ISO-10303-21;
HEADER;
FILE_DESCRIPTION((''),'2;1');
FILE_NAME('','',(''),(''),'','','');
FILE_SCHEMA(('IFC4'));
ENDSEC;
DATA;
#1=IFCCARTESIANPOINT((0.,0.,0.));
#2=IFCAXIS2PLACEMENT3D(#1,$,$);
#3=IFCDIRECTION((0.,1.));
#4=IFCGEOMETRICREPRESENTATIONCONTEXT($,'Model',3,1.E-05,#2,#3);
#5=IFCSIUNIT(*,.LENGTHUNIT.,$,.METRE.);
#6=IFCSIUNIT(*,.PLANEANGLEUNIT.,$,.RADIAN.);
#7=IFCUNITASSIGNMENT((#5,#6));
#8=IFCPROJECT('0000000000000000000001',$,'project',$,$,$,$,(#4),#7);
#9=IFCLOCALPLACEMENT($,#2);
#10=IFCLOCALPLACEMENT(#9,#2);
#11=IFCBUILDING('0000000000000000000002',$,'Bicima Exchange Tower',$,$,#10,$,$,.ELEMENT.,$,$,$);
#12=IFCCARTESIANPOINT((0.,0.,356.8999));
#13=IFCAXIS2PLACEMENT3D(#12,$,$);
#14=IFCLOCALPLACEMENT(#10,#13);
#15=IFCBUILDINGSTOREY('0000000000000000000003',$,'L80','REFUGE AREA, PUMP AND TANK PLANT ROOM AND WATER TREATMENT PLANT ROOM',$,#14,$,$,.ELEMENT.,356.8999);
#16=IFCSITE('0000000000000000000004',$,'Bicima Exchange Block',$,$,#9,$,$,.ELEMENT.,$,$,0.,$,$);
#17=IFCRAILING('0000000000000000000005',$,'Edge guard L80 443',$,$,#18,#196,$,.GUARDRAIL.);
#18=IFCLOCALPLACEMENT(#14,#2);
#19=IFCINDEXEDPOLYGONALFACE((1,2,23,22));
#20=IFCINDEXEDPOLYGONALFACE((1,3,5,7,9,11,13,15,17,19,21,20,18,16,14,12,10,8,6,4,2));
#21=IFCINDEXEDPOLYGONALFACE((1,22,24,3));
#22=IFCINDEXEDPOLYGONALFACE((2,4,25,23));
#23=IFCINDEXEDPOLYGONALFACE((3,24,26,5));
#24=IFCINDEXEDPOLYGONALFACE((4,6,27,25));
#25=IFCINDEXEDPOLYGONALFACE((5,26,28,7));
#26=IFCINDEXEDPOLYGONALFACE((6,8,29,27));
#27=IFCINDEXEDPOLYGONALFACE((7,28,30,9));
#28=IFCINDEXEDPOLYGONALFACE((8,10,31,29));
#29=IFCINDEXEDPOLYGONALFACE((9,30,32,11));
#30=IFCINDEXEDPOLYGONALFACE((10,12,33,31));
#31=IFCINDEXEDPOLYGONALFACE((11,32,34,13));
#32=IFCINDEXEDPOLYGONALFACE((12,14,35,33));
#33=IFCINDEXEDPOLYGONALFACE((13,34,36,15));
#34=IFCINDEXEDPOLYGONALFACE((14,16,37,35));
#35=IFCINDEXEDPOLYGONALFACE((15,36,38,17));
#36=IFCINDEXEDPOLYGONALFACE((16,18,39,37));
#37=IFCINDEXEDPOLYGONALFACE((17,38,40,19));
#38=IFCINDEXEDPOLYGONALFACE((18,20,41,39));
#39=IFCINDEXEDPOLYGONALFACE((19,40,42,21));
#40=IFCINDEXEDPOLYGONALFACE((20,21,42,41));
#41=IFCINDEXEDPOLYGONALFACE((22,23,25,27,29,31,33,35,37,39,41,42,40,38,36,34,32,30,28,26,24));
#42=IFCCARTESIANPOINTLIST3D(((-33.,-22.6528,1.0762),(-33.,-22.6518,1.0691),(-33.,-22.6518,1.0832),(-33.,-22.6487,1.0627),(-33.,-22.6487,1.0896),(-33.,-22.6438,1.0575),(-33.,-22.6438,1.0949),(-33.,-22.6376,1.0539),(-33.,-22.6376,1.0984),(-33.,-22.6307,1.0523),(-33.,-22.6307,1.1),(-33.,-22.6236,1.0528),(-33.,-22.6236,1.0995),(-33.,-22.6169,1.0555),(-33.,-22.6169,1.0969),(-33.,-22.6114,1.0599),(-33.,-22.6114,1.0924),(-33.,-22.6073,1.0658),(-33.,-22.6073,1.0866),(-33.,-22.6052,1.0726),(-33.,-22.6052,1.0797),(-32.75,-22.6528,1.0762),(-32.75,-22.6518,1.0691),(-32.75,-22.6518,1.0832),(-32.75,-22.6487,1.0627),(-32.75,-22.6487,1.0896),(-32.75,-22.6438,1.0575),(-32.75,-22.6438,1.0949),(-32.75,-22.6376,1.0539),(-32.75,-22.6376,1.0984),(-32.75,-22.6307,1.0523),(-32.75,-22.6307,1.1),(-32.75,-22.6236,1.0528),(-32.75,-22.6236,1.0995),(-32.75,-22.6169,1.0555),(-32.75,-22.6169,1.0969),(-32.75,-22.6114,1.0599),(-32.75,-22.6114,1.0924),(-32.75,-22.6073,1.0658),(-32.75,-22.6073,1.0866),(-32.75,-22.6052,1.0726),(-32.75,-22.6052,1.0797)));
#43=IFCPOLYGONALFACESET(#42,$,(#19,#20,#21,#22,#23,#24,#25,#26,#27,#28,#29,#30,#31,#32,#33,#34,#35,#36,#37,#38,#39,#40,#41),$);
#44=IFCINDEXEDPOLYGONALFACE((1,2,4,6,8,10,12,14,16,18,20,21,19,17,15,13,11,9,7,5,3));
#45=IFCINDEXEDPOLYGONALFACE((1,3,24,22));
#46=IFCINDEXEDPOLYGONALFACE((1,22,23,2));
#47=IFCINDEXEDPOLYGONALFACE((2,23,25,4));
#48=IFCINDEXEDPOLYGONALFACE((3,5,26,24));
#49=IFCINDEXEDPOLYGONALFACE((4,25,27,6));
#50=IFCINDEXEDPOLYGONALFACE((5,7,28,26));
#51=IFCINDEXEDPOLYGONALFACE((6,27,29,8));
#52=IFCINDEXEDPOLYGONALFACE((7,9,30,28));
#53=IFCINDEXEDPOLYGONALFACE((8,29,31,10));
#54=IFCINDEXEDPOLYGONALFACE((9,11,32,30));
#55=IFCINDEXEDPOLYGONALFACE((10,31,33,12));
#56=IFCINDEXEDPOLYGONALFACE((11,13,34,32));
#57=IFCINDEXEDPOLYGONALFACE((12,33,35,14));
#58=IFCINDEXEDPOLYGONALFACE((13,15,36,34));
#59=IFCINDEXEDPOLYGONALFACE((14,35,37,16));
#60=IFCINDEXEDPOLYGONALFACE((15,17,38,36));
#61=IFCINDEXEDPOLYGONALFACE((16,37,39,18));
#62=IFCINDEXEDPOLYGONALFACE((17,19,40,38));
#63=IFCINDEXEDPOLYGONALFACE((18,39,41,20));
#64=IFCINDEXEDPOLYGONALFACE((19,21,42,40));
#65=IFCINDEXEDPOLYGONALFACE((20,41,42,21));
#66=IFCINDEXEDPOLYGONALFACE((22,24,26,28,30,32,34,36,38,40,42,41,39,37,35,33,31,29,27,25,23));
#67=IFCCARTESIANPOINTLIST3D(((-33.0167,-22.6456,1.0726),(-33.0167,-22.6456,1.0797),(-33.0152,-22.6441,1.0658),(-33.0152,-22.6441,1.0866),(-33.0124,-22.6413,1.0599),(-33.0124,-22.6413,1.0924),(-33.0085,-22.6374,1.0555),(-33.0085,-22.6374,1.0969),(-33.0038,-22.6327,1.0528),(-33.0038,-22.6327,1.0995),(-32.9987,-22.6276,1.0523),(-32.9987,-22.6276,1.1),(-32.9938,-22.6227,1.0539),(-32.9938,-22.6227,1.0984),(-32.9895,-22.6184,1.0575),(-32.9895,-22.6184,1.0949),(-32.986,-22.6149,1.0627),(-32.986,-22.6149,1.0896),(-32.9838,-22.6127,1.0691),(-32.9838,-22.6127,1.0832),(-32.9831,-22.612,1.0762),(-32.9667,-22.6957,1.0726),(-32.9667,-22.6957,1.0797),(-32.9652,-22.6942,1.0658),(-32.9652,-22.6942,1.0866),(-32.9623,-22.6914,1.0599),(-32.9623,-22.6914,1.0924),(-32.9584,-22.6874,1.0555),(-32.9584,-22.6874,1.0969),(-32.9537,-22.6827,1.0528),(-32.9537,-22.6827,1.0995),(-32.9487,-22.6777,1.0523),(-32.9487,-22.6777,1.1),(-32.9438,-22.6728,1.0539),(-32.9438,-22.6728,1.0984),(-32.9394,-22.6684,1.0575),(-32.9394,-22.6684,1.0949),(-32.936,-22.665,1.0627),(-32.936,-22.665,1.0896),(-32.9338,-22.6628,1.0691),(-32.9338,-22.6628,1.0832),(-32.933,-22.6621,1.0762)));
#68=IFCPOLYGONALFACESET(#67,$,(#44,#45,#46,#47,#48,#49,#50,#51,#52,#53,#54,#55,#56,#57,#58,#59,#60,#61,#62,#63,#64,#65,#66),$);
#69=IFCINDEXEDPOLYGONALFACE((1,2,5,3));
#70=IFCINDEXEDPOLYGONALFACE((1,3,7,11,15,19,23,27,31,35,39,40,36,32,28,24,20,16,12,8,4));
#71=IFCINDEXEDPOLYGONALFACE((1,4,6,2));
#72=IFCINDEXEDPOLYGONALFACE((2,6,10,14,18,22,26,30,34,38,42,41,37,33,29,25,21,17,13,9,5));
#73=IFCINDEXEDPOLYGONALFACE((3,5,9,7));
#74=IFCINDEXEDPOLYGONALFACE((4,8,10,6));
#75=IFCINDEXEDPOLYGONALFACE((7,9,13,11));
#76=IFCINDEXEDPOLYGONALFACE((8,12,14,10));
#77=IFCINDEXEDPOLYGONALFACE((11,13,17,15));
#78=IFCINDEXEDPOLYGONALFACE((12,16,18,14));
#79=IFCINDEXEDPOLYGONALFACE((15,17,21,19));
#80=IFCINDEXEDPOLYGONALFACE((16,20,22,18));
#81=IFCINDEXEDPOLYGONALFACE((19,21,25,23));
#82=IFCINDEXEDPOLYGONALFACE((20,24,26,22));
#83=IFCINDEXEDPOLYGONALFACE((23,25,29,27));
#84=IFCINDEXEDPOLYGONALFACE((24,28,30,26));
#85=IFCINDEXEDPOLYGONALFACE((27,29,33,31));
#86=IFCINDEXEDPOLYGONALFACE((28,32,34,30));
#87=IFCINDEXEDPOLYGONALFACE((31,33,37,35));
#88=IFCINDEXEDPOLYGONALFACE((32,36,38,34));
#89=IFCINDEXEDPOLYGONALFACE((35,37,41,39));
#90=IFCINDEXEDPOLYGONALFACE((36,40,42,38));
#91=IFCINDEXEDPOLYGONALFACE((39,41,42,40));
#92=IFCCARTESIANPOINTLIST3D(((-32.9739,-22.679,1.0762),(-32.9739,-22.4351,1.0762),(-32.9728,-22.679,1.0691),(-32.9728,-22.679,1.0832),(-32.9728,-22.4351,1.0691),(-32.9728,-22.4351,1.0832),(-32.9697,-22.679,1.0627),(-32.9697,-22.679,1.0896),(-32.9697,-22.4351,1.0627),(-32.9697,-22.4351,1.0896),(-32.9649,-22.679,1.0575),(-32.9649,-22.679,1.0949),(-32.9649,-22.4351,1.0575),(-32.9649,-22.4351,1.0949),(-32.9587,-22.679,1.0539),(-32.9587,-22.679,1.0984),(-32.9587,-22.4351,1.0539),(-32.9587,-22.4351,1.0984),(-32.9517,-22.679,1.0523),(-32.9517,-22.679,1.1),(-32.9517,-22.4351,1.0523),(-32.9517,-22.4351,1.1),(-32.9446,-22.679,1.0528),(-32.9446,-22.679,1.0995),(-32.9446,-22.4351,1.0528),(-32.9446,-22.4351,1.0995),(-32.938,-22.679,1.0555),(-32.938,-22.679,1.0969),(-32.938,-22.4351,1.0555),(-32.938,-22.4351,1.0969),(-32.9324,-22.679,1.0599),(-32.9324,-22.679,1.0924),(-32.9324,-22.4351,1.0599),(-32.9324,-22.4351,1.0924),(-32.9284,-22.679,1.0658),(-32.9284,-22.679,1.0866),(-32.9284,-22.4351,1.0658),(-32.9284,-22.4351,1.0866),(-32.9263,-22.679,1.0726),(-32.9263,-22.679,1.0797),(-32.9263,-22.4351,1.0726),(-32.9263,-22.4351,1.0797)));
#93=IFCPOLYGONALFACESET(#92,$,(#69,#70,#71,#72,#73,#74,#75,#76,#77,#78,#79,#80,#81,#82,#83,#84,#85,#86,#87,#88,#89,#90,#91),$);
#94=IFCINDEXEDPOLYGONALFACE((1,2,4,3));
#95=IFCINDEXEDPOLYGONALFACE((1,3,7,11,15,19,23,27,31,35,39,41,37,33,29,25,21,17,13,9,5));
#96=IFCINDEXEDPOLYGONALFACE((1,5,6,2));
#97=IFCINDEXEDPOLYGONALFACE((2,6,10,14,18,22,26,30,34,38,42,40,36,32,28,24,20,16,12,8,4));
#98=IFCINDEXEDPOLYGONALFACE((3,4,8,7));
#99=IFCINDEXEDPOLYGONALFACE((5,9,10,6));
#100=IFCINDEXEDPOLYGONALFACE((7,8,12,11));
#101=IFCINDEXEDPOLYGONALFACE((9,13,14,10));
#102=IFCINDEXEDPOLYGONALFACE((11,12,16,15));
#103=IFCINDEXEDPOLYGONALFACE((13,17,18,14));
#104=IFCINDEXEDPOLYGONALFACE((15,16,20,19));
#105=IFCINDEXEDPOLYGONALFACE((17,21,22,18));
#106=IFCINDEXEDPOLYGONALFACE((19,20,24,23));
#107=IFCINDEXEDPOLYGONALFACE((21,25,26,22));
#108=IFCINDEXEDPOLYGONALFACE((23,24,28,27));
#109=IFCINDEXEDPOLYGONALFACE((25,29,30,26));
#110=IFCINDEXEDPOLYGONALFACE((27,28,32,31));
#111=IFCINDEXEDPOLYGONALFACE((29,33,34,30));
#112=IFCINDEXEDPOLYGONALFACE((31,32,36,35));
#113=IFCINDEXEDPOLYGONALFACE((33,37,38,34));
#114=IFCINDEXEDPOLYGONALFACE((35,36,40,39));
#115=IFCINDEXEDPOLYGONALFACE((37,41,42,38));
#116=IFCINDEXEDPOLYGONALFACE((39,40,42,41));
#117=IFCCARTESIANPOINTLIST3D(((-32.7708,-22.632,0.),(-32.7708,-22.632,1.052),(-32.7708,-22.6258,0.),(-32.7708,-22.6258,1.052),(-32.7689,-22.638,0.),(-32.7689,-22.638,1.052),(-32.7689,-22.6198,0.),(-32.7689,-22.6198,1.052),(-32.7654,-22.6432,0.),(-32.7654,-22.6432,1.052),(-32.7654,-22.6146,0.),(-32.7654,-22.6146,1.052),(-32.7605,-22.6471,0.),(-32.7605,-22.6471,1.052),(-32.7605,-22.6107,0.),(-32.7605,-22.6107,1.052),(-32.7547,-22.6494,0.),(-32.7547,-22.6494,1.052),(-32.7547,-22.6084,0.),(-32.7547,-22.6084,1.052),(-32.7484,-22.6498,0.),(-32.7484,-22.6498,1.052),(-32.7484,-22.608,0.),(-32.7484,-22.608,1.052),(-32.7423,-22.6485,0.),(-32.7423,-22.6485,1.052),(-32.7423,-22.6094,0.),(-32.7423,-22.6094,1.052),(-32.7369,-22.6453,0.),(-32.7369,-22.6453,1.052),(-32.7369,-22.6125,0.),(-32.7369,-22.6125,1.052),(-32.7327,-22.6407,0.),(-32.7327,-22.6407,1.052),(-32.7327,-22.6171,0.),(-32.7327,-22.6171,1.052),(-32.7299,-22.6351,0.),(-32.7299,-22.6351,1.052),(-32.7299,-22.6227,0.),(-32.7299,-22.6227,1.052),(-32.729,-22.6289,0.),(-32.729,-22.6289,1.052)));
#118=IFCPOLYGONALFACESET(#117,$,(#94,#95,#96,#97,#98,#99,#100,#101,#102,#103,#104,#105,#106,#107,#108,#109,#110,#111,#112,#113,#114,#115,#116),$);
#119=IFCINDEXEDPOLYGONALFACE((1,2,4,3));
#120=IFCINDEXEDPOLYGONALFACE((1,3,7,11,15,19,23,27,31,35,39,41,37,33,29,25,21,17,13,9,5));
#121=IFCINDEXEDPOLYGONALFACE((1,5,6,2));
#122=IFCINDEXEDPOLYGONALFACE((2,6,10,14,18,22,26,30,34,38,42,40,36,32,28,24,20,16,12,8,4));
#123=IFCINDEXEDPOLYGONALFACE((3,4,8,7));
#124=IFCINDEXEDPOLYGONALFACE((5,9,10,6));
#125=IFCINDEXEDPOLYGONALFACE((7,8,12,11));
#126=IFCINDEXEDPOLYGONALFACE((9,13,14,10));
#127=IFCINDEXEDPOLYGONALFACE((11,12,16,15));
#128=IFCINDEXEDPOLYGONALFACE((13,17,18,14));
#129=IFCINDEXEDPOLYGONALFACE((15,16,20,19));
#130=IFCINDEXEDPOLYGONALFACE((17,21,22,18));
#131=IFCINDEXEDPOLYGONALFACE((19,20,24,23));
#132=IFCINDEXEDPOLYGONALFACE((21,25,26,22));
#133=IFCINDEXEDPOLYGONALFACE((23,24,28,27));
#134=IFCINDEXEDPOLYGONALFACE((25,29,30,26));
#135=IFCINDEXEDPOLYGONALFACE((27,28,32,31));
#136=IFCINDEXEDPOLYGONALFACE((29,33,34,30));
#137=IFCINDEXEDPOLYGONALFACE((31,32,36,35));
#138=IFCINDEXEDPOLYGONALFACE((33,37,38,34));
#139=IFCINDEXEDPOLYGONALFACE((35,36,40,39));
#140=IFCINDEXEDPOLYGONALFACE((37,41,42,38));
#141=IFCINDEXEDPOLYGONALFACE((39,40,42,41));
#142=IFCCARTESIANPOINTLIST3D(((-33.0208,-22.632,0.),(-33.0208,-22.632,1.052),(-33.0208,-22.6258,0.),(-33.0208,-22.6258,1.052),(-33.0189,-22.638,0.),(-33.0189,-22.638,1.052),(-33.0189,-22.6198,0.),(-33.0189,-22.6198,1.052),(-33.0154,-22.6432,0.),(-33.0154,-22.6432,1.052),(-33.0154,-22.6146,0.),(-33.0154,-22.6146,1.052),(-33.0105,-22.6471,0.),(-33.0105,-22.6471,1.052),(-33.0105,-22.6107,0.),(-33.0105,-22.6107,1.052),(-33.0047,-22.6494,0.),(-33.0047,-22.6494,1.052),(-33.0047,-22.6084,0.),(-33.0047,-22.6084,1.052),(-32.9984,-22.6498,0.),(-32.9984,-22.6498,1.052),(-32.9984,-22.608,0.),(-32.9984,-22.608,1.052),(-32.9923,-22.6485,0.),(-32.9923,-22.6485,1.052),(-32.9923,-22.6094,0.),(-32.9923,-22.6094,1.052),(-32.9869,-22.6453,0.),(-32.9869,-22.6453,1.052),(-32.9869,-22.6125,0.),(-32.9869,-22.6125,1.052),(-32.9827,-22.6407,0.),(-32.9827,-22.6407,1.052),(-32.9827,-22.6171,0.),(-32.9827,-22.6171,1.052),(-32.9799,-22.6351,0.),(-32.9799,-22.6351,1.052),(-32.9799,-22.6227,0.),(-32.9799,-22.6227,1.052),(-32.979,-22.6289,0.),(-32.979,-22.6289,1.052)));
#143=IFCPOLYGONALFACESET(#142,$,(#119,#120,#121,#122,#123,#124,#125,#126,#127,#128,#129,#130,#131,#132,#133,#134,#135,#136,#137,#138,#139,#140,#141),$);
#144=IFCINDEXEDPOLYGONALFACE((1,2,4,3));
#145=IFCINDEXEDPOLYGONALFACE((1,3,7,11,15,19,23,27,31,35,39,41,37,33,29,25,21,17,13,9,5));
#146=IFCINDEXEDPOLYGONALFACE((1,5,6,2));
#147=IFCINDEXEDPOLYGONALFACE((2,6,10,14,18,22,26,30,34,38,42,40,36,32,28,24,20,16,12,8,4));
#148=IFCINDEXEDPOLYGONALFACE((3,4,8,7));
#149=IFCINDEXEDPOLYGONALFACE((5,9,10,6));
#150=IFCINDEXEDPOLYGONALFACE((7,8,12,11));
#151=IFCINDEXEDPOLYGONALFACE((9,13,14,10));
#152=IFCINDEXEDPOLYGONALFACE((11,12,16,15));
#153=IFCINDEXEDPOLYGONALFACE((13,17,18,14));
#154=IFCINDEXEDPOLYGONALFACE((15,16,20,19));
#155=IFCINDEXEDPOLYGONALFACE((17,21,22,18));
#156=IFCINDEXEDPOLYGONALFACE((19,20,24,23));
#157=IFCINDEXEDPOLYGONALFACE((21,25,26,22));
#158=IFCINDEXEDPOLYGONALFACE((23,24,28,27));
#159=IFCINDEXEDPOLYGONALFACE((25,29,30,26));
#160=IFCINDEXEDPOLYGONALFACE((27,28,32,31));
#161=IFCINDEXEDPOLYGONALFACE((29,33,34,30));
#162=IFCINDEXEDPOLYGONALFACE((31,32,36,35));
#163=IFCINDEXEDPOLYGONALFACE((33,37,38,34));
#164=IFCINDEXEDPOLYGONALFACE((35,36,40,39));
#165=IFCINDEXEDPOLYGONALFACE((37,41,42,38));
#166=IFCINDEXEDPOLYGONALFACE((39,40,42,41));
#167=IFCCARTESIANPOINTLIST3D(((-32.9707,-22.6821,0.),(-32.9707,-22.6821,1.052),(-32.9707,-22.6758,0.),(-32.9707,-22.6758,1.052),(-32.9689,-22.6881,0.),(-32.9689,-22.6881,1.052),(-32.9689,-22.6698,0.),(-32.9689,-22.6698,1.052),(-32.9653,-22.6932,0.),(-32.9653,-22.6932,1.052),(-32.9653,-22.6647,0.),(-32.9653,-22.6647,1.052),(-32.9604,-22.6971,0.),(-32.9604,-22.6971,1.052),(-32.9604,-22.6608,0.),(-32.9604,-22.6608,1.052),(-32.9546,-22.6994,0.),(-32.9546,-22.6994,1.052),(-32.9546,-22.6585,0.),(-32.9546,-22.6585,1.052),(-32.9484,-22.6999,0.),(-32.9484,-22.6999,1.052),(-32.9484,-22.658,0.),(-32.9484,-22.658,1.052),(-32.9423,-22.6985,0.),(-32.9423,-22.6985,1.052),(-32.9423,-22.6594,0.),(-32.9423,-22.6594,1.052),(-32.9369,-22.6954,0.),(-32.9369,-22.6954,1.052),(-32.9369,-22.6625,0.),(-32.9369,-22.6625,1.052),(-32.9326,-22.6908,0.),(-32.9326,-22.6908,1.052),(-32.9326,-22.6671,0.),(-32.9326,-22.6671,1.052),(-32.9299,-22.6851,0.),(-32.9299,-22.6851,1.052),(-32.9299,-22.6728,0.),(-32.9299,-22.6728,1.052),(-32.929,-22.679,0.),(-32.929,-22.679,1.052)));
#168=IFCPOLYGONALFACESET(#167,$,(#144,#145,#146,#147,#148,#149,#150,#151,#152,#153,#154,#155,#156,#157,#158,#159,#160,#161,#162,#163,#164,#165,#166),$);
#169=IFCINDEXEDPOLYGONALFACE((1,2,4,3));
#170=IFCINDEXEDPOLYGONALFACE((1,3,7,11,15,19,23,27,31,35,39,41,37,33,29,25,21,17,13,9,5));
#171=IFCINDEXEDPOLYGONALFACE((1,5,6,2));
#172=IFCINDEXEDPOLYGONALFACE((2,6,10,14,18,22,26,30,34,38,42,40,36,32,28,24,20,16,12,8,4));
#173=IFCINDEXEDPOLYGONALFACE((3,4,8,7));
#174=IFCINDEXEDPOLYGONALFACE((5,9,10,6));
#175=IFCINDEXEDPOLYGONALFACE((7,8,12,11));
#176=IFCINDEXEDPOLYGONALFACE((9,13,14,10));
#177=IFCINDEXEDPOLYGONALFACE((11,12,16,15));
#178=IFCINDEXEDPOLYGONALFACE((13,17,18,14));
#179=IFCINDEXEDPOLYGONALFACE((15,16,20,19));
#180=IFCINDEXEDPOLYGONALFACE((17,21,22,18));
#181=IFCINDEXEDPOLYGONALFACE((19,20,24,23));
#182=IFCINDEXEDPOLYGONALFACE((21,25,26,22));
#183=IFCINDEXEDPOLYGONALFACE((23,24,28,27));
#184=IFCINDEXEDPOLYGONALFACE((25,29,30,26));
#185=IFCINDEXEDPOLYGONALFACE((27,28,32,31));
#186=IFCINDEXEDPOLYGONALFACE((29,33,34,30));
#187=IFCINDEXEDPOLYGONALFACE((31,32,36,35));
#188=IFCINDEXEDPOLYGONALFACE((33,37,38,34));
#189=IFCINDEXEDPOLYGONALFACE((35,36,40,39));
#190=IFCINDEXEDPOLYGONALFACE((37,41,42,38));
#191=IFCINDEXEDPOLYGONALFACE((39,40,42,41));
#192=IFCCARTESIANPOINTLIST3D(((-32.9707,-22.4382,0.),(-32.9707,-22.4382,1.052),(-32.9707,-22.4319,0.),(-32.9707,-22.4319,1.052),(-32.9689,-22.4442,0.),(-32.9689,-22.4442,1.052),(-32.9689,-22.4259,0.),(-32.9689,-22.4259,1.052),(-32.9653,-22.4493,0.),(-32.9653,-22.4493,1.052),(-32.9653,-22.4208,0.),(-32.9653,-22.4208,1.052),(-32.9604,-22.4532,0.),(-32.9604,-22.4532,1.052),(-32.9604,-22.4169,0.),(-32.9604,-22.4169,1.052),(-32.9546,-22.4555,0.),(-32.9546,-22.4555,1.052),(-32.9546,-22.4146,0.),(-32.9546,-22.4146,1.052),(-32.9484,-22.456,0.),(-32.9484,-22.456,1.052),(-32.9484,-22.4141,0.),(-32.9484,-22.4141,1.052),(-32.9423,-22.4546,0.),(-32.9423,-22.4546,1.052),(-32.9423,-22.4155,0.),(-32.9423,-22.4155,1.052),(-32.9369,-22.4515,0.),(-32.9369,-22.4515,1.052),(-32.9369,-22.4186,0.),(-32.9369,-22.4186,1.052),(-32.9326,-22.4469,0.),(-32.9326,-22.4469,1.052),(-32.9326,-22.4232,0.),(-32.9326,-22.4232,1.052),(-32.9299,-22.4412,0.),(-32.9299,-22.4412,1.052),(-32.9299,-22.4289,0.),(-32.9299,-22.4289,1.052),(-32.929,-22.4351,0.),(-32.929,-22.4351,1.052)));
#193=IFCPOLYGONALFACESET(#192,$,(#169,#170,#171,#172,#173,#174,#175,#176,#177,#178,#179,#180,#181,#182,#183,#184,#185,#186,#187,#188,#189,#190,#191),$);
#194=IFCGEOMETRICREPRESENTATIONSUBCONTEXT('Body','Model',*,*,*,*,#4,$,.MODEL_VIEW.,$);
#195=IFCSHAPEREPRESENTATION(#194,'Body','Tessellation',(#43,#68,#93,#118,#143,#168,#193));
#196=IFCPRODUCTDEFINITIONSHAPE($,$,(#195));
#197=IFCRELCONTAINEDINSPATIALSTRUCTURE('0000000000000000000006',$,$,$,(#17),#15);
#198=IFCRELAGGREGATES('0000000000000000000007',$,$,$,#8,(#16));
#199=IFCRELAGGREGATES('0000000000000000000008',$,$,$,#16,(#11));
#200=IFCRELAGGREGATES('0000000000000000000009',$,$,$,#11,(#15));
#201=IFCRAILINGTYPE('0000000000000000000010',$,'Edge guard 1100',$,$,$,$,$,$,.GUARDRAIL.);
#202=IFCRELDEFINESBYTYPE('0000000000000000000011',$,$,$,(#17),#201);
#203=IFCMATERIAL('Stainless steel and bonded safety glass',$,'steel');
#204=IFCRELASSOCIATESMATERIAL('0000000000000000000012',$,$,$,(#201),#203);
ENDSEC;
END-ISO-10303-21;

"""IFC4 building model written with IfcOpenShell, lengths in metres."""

from ifc_helpers import new_model, si_unit, direction, frame, origin, origin_2d, place, context, subcontext, project, spatial, circle, extrude, material, type_object, element, save


model = new_model("IFC4")

# Units and contexts
model_context = context("Model", 3, precision=1e-05, world=origin(), true_north=direction((0.0, 1.0)))
body_context = subcontext(model_context, "Body", "Model", "MODEL_VIEW")
ifc_project = project(units=[si_unit("LENGTHUNIT", "METRE"), si_unit("PLANEANGLEUNIT", "RADIAN")], contexts=[model_context])

# Site, building, storey
site_placement = place(None, origin())
site = spatial("IfcSite", under=ifc_project, at=site_placement, Name="Bicima Exchange Block", CompositionType="ELEMENT", RefElevation=0.0)
building_placement = place(site_placement, origin())
building = spatial("IfcBuilding", under=site, at=building_placement, Name="Bicima Exchange Tower", CompositionType="ELEMENT")
storey_placement = place(building_placement, frame((0.0, 0.0, 356.8999)))
storey = spatial("IfcBuildingStorey", under=building, at=storey_placement, Name="L80", Description="REFUGE AREA, PUMP AND TANK PLANT ROOM AND WATER TREATMENT PLANT ROOM", CompositionType="ELEMENT", Elevation=356.8999)

# Railing
ifc_material_1 = material(Name="Stainless steel and bonded safety glass", Category="steel")
railing_type = type_object("IfcRailingType", Name="Edge guard 1100", PredefinedType="GUARDRAIL", material=ifc_material_1)
railing_1_placement = place(storey_placement, frame((-32.75, -22.6289, 0.0)))
element("IfcRailing", 1, at=railing_1_placement, inside=storey, type_object=railing_type, Name="Edge guard L80 443", PredefinedType="GUARDRAIL", context=body_context, shape_type="SweptSolid", body=[
    extrude(circle(Radius=0.0239, at=origin_2d()), frame((0.0, 0.0, 1.0762), z_axis=(-1.0, 0.0, 0.0), x_axis=(0.0, -1.0, 0.0)), (0.0, 0.0, 1.0), 0.25),
    extrude(circle(Radius=0.0239, at=origin_2d()), frame((-0.25, 0.0, 1.0762), z_axis=(0.707107, -0.707107, 0.0), x_axis=(0.707107, 0.707107, 0.0)), (0.0, 0.0, 1.0), 0.0708),
    extrude(circle(Radius=0.0239, at=origin_2d()), frame((-0.2, -0.05, 1.0762), z_axis=(0.0, 1.0, 0.0), x_axis=(-1.0, 0.0, 0.0)), (0.0, 0.0, 1.0), 0.2439),
    extrude(circle(Radius=0.021, at=origin_2d()), origin(), (0.0, 0.0, 1.0), 1.052),
    extrude(circle(Radius=0.021, at=origin_2d()), frame((-0.25, 0.0, 0.0)), (0.0, 0.0, 1.0), 1.052),
    extrude(circle(Radius=0.021, at=origin_2d()), frame((-0.2, -0.05, 0.0)), (0.0, 0.0, 1.0), 1.052),
    extrude(circle(Radius=0.021, at=origin_2d()), frame((-0.2, 0.1938, 0.0)), (0.0, 0.0, 1.0), 1.052),
])

save(model, "model.ifc")
